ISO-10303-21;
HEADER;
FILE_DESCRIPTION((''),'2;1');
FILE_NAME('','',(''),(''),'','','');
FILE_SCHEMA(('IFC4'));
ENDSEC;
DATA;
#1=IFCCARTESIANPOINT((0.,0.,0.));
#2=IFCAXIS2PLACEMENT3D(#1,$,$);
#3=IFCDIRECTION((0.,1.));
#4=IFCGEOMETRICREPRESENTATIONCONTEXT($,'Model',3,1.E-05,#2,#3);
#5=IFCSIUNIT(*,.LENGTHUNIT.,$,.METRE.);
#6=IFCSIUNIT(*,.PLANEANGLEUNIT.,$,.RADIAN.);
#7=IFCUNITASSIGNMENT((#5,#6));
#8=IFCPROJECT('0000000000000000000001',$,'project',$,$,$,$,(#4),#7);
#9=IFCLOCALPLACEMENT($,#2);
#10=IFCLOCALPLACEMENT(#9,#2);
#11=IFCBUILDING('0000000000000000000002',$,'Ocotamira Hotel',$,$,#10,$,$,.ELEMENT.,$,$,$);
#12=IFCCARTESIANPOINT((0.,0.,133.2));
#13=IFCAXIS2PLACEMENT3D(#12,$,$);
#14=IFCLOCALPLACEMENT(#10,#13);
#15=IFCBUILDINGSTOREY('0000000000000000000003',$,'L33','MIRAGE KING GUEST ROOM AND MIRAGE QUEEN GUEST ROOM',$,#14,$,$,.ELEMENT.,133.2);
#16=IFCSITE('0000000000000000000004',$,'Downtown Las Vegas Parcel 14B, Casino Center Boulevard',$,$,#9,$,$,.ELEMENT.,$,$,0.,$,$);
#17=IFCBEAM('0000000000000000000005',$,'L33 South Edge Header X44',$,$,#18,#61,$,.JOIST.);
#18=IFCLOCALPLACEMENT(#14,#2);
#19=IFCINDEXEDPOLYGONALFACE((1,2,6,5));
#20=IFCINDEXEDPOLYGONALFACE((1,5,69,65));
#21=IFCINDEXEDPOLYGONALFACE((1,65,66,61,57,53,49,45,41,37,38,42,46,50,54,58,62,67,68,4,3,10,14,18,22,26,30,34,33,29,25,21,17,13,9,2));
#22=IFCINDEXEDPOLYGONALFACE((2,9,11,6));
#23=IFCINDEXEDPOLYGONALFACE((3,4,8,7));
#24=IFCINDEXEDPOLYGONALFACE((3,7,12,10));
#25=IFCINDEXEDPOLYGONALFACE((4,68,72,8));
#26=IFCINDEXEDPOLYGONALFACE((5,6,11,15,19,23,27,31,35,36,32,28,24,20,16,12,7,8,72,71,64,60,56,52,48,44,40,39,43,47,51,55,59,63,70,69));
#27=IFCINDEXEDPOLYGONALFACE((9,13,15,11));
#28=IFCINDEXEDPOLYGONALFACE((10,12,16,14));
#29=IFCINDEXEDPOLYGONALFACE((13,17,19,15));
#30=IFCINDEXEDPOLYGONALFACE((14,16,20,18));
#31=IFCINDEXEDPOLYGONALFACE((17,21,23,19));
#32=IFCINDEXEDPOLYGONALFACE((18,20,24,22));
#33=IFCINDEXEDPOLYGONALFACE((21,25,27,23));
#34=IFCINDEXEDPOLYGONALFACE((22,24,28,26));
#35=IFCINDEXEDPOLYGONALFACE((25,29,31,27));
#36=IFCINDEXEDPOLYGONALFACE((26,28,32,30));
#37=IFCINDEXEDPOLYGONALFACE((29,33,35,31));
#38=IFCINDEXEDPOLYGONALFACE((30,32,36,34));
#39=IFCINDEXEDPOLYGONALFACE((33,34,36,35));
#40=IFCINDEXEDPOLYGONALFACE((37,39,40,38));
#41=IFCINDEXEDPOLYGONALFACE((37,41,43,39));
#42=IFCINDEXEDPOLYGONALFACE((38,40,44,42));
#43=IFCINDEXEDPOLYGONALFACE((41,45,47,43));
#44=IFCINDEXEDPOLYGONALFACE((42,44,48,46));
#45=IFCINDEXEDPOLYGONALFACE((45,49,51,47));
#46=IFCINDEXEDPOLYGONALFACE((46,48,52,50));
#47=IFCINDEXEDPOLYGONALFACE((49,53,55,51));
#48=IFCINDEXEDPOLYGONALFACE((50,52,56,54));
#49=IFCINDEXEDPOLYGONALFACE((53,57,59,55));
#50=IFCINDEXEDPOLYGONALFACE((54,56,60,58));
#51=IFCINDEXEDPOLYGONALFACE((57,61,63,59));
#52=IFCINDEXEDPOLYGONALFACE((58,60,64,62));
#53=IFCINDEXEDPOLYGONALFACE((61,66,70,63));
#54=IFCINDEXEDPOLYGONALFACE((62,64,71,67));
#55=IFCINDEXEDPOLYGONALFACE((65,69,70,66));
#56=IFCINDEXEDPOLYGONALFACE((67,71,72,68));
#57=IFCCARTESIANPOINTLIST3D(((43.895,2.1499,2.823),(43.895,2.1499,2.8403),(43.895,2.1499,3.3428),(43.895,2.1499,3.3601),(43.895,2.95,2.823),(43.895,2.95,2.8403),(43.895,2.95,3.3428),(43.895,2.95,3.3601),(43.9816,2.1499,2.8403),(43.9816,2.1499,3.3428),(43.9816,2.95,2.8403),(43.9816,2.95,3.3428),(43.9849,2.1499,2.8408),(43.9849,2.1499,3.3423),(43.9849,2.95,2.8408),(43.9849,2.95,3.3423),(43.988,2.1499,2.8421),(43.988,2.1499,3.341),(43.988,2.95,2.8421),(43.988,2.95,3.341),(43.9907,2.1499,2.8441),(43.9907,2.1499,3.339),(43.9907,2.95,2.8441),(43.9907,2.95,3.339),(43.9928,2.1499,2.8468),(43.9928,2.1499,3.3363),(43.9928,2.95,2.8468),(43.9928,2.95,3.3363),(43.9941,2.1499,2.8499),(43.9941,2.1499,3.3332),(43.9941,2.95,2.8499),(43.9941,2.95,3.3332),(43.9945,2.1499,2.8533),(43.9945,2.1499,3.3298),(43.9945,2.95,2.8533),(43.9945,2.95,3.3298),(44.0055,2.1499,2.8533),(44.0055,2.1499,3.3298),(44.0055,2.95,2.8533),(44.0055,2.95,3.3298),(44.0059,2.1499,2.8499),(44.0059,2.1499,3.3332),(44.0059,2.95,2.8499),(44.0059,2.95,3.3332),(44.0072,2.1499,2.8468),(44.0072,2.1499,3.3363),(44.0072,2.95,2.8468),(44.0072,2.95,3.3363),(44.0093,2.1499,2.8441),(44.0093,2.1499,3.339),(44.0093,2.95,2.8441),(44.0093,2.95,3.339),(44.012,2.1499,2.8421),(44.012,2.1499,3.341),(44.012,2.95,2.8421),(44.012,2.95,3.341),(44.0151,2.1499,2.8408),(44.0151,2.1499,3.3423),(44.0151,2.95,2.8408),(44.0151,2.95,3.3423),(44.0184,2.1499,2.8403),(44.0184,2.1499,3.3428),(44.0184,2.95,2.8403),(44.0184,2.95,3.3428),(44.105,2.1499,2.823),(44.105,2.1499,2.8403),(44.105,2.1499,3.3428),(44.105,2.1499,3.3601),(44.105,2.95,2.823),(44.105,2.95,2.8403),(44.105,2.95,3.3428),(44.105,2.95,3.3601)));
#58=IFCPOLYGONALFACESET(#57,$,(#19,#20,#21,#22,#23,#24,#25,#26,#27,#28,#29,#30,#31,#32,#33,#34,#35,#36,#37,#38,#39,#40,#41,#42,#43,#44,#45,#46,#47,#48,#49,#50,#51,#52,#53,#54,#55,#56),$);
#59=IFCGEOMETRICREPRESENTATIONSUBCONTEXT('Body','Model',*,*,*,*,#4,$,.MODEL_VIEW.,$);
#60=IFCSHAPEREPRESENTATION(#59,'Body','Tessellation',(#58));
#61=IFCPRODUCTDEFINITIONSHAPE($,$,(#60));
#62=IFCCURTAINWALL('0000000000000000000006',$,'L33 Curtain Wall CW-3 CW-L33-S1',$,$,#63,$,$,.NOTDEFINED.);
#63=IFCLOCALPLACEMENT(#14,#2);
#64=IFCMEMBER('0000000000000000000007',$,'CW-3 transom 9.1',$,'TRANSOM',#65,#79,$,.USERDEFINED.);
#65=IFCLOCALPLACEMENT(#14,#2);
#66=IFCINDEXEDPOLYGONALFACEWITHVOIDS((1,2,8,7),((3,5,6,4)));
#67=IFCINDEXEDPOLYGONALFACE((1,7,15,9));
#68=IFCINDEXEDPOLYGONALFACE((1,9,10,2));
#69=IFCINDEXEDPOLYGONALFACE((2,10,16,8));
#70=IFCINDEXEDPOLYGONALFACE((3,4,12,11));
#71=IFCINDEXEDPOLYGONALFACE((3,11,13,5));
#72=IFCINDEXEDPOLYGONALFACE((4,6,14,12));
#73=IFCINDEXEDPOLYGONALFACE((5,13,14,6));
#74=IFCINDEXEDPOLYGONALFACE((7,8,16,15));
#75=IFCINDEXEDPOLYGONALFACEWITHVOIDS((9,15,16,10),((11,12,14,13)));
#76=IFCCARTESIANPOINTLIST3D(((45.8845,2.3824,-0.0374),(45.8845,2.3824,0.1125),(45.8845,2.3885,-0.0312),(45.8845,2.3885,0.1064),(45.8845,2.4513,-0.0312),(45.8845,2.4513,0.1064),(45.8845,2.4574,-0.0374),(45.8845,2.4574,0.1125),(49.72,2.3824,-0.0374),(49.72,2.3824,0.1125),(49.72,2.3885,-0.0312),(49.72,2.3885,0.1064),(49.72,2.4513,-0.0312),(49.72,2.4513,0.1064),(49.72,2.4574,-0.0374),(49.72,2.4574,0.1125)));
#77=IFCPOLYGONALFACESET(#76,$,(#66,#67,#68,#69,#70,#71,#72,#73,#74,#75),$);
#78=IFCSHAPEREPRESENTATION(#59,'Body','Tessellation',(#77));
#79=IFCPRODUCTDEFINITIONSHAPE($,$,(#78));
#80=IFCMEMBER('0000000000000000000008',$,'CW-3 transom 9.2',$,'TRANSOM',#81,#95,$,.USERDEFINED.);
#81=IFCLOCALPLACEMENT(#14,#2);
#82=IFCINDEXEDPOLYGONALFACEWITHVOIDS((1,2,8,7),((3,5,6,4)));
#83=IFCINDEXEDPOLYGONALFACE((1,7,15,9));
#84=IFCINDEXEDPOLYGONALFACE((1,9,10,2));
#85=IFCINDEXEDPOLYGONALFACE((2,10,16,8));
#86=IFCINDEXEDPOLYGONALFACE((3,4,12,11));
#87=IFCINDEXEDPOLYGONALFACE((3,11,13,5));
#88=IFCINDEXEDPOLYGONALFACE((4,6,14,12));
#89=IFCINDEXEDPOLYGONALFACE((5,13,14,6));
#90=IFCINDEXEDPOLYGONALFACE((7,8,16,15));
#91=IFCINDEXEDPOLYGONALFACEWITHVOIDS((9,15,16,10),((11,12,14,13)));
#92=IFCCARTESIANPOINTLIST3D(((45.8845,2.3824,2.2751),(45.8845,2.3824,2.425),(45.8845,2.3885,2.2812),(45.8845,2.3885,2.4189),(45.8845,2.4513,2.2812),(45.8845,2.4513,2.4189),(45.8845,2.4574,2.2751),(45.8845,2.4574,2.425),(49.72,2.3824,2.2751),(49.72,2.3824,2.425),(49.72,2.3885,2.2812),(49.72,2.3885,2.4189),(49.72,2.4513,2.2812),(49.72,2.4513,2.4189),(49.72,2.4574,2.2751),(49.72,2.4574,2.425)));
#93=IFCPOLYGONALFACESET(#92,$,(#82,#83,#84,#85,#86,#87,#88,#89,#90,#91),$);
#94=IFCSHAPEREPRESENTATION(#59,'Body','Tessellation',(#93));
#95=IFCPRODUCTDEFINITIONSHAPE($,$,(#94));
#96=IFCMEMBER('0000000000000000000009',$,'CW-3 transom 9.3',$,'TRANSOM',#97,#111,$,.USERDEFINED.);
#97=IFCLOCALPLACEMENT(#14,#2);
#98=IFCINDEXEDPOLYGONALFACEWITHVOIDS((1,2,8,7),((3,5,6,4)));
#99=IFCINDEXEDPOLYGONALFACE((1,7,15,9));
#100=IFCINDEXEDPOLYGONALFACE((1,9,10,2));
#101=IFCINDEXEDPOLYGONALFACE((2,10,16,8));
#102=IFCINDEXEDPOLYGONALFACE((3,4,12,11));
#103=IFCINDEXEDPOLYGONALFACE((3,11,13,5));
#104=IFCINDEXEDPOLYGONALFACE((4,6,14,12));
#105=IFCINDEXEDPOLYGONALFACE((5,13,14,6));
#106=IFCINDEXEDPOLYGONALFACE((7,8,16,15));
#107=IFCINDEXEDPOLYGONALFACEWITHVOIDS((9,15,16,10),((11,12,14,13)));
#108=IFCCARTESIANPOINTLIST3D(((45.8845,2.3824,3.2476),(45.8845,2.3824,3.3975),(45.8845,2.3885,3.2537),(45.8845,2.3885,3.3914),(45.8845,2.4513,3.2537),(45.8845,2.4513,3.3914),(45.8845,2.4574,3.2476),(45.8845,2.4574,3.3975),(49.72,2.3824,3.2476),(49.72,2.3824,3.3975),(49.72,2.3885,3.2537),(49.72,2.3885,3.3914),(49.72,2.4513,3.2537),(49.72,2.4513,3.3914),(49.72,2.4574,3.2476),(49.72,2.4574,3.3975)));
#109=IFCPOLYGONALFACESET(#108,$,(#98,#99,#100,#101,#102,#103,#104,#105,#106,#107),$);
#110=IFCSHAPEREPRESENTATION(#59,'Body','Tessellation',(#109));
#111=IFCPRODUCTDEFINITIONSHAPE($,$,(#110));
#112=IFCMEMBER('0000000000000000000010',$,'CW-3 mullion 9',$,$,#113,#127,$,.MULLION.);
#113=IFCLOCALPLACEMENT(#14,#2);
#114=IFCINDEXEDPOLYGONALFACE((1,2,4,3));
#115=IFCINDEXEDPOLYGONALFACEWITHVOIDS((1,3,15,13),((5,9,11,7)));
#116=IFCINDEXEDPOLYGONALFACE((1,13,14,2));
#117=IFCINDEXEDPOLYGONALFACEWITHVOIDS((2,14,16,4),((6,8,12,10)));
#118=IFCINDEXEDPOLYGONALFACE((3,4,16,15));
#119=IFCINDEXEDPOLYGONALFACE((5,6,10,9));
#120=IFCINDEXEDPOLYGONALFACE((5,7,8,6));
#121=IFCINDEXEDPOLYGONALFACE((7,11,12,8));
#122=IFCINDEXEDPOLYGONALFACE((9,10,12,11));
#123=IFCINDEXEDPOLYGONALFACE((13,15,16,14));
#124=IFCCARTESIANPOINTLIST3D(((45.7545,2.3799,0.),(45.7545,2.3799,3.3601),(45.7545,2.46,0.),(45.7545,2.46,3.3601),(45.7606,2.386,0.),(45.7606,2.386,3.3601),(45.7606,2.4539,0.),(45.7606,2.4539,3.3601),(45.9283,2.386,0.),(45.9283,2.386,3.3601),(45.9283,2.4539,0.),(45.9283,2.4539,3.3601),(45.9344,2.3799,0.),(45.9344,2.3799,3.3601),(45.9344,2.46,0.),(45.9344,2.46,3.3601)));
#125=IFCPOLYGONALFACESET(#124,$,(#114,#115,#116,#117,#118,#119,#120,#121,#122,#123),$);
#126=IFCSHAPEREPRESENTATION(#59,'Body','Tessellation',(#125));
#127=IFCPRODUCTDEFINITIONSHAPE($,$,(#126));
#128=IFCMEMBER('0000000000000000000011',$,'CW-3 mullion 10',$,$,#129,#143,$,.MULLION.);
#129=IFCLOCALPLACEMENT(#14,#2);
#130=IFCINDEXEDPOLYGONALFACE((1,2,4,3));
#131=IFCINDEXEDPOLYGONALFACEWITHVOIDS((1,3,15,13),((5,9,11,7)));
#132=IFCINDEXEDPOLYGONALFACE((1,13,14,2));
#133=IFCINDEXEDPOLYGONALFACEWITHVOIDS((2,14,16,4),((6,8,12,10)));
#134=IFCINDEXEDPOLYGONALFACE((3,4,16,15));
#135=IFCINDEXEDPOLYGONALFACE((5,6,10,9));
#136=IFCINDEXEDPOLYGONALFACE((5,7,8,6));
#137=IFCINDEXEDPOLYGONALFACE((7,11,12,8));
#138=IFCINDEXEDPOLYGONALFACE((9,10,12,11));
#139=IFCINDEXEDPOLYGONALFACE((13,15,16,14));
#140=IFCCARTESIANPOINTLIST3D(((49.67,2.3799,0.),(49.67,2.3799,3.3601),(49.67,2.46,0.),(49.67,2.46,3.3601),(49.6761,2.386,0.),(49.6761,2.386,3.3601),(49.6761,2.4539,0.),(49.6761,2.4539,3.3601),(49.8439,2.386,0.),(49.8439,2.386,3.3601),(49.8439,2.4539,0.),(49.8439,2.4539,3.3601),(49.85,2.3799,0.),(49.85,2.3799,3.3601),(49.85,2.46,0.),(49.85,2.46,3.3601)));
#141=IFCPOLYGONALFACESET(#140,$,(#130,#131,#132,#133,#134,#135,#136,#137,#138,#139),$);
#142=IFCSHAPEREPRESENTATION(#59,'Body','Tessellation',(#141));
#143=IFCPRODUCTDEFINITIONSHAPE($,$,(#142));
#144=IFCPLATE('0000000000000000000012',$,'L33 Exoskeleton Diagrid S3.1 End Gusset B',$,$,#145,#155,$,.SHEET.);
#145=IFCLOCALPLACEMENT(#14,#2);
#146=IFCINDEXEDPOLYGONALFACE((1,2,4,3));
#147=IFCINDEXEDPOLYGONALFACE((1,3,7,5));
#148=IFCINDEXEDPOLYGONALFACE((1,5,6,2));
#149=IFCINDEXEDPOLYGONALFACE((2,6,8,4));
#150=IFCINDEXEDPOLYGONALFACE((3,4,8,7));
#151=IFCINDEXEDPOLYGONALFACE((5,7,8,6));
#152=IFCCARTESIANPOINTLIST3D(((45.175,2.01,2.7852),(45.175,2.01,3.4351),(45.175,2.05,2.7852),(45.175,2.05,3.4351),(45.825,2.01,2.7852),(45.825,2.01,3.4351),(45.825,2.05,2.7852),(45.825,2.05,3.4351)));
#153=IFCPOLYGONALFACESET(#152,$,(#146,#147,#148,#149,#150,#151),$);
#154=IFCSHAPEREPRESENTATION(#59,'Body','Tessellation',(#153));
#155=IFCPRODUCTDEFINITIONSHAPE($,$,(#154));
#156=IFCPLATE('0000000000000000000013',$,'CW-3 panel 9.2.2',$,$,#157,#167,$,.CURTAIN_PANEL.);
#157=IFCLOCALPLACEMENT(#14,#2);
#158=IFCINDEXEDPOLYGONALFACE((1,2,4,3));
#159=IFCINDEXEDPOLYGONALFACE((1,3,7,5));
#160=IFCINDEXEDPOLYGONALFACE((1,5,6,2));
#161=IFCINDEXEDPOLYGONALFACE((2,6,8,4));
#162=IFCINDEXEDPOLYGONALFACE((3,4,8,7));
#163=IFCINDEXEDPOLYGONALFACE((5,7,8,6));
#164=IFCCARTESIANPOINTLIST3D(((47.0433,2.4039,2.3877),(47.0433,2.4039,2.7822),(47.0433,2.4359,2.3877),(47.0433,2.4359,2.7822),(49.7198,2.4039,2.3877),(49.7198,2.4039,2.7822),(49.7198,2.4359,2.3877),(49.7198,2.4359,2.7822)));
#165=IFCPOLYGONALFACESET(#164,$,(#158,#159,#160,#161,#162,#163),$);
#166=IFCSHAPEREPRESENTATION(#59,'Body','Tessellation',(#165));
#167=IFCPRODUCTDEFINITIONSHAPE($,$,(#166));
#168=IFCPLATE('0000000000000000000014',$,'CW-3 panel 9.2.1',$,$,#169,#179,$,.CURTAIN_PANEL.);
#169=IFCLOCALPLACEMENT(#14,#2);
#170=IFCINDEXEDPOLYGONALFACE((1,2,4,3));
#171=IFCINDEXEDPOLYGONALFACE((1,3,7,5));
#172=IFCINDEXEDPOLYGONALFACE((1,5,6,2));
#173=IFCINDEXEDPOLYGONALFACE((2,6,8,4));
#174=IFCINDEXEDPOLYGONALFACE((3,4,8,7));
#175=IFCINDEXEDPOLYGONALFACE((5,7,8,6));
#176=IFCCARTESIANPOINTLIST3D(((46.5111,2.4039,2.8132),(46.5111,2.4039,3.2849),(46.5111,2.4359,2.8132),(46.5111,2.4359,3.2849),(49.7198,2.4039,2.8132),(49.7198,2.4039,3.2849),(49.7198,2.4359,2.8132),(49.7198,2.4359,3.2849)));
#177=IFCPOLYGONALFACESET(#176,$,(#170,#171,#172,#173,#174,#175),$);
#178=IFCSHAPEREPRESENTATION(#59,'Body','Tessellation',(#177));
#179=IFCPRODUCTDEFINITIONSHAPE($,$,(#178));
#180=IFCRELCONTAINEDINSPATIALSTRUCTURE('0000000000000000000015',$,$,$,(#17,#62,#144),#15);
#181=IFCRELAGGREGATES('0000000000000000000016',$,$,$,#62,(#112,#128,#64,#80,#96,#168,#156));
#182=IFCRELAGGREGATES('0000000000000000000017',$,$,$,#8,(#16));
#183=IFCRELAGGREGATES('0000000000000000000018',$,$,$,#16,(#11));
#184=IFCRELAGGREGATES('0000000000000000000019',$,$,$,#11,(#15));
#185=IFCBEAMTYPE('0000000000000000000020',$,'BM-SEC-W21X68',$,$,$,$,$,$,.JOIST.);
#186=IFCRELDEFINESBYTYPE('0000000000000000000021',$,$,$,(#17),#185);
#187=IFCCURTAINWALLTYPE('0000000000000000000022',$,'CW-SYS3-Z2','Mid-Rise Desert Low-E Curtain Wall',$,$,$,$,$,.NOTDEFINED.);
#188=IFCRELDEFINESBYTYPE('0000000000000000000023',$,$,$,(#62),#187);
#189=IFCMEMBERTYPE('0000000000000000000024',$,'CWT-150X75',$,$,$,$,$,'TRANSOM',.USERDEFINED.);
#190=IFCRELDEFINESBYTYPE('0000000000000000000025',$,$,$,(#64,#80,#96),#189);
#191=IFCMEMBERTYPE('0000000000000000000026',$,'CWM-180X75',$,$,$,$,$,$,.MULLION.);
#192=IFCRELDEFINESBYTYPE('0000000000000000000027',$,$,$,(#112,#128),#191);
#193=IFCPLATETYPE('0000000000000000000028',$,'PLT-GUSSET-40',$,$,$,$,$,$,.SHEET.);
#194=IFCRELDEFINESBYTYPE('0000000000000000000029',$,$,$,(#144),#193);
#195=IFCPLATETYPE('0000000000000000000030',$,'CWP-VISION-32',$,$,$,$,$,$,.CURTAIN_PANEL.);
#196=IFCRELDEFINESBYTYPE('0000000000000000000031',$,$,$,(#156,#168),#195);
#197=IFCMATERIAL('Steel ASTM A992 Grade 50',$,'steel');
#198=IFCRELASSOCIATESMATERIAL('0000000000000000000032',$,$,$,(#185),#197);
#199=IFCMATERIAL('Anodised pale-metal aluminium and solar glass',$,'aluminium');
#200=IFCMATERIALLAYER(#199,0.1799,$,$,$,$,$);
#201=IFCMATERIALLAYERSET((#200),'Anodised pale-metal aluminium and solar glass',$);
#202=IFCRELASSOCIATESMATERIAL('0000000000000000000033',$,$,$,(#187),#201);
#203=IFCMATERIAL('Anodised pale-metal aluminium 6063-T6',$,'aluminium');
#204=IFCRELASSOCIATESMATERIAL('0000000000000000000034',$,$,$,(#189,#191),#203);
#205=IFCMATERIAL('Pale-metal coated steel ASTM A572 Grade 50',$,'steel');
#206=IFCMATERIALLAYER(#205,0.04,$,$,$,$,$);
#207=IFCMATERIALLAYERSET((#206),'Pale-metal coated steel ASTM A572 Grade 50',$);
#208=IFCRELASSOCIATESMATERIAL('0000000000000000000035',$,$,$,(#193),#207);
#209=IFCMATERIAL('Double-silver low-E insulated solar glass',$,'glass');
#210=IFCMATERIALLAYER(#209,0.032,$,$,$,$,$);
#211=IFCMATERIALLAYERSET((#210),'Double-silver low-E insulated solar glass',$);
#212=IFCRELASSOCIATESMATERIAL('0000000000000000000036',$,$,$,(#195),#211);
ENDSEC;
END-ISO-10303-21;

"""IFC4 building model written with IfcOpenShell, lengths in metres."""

from ifc_helpers import new_model, si_unit, direction, frame, origin, origin_2d, place, context, subcontext, project, spatial, rectangle, hollow_rectangle, i_section, extrude, source, transform, mapped, material, layer, layer_set, material_profile, profile_set, type_object, element, aggregate, save


model = new_model("IFC4")

# Units and contexts
model_context = context("Model", 3, precision=1e-05, world=origin(), true_north=direction((0.0, 1.0)))
body_context = subcontext(model_context, "Body", "Model", "MODEL_VIEW")
ifc_project = project(units=[si_unit("LENGTHUNIT", "METRE"), si_unit("PLANEANGLEUNIT", "RADIAN")], contexts=[model_context])

# Site, building, storey
site_placement = place(None, origin())
site = spatial("IfcSite", under=ifc_project, at=site_placement, Name="Downtown Las Vegas Parcel 14B, Casino Center Boulevard", CompositionType="ELEMENT", RefElevation=0.0)
building_placement = place(site_placement, origin())
building = spatial("IfcBuilding", under=site, at=building_placement, Name="Ocotamira Hotel", CompositionType="ELEMENT")
storey_placement = place(building_placement, frame((0.0, 0.0, 133.2)))
storey = spatial("IfcBuildingStorey", under=building, at=storey_placement, Name="L33", Description="MIRAGE KING GUEST ROOM AND MIRAGE QUEEN GUEST ROOM", CompositionType="ELEMENT", Elevation=133.2)

# Beam
ifc_material_1 = material(Name="Steel ASTM A992 Grade 50", Category="steel")
ifc_material_profile_1 = material_profile(ifc_material_1, i_section(OverallWidth=0.21, OverallDepth=0.5371, WebThickness=0.011, FlangeThickness=0.0173, FilletRadius=0.0129, at=origin_2d()), Name="W21X68")
ifc_profile_set_1 = profile_set([ifc_material_profile_1], Name="Steel ASTM A992 Grade 50")
beam_type = type_object("IfcBeamType", Name="BM-SEC-W21X68", PredefinedType="JOIST", material=ifc_profile_set_1)
shared_shape_1 = source(origin(), body_context, "Body", "SweptSolid", [
    extrude(i_section(OverallWidth=0.21, OverallDepth=0.5371, WebThickness=0.011, FlangeThickness=0.0173, FilletRadius=0.0129, at=origin_2d()), origin(), (0.0, 0.0, 1.0), 0.8),
])
beam_placement = place(storey_placement, frame((44.0, 2.95, 3.0916), z_axis=(0.0, -1.0, 0.0), x_axis=(1.0, 0.0, 0.0)))
element("IfcBeam", 1, at=beam_placement, inside=storey, type_object=beam_type, Name="L33 South Edge Header X44", PredefinedType="JOIST", context=body_context, shape_type="MappedRepresentation", body=[
    mapped(shared_shape_1, transform((0.0, 0.0, 0.0), scale=1.0)),
])

# Curtain wall, members
ifc_material_2 = material(Name="Anodised pale-metal aluminium and solar glass", Category="aluminium")
ifc_layer_1 = layer(ifc_material_2, 0.1799)
ifc_layer_set_1 = layer_set([ifc_layer_1], Name="Anodised pale-metal aluminium and solar glass")
curtain_wall_type = type_object("IfcCurtainWallType", Name="CW-SYS3-Z2", Description="Mid-Rise Desert Low-E Curtain Wall", PredefinedType="NOTDEFINED", material=ifc_layer_set_1)
curtain_wall_placement = place(storey_placement, origin())
curtain_wall = element("IfcCurtainWall", 2, at=curtain_wall_placement, inside=storey, type_object=curtain_wall_type, Name="L33 Curtain Wall CW-3 CW-L33-S1", PredefinedType="NOTDEFINED")
ifc_material_3 = material(Name="Anodised pale-metal aluminium 6063-T6", Category="aluminium")
ifc_material_profile_2 = material_profile(ifc_material_3, hollow_rectangle(XDim=0.075, YDim=0.1499, WallThickness=0.0061, at=origin_2d()), Name="HSS150X75X6")
ifc_profile_set_2 = profile_set([ifc_material_profile_2], Name="Anodised pale-metal aluminium 6063-T6")
member_type_1 = type_object("IfcMemberType", Name="CWT-150X75", ElementType="TRANSOM", PredefinedType="USERDEFINED", material=ifc_profile_set_2)
shared_shape_2 = source(origin(), body_context, "Body", "SweptSolid", [
    extrude(hollow_rectangle(XDim=0.075, YDim=0.1499, WallThickness=0.0061, at=origin_2d()), origin(), (0.0, 0.0, 1.0), 3.8354),
])
member_1_placement = place(storey_placement, frame((45.8845, 2.4199, 0.0376), z_axis=(1.0, 0.0, 0.0), x_axis=(0.0, 1.0, 0.0)))
member_1 = element("IfcMember", 3, at=member_1_placement, type_object=member_type_1, Name="CW-3 transom 9.1", ObjectType="TRANSOM", PredefinedType="USERDEFINED", context=body_context, shape_type="MappedRepresentation", body=[
    mapped(shared_shape_2, transform((0.0, 0.0, 0.0), scale=1.0)),
])
member_2_placement = place(storey_placement, frame((45.8845, 2.4199, 2.3501), z_axis=(1.0, 0.0, 0.0), x_axis=(0.0, 1.0, 0.0)))
member_2 = element("IfcMember", 4, at=member_2_placement, type_object=member_type_1, Name="CW-3 transom 9.2", ObjectType="TRANSOM", PredefinedType="USERDEFINED", context=body_context, shape_type="MappedRepresentation", body=[
    mapped(shared_shape_2, transform((0.0, 0.0, 0.0), scale=1.0)),
])
member_3_placement = place(storey_placement, frame((45.8845, 2.4199, 3.3225), z_axis=(1.0, 0.0, 0.0), x_axis=(0.0, 1.0, 0.0)))
member_3 = element("IfcMember", 5, at=member_3_placement, type_object=member_type_1, Name="CW-3 transom 9.3", ObjectType="TRANSOM", PredefinedType="USERDEFINED", context=body_context, shape_type="MappedRepresentation", body=[
    mapped(shared_shape_2, transform((0.0, 0.0, 0.0), scale=1.0)),
])
ifc_material_profile_3 = material_profile(ifc_material_3, hollow_rectangle(XDim=0.0801, YDim=0.1799, WallThickness=0.0061, at=origin_2d()), Name="HSS180X80X6")
ifc_profile_set_3 = profile_set([ifc_material_profile_3], Name="Anodised pale-metal aluminium 6063-T6")
member_type_2 = type_object("IfcMemberType", Name="CWM-180X75", PredefinedType="MULLION", material=ifc_profile_set_3)
shared_shape_3 = source(origin(), body_context, "Body", "SweptSolid", [
    extrude(hollow_rectangle(XDim=0.0801, YDim=0.1799, WallThickness=0.0061, at=origin_2d()), origin(), (0.0, 0.0, 1.0), 3.3601),
])
member_4_placement = place(storey_placement, frame((45.8445, 2.4199, 0.0), z_axis=(0.0, 0.0, 1.0), x_axis=(0.0, 1.0, 0.0)))
member_4 = element("IfcMember", 6, at=member_4_placement, type_object=member_type_2, Name="CW-3 mullion 9", PredefinedType="MULLION", context=body_context, shape_type="MappedRepresentation", body=[
    mapped(shared_shape_3, transform((0.0, 0.0, 0.0), scale=1.0)),
])
member_5_placement = place(storey_placement, frame((49.76, 2.4199, 0.0), z_axis=(0.0, 0.0, 1.0), x_axis=(0.0, 1.0, 0.0)))
member_5 = element("IfcMember", 7, at=member_5_placement, type_object=member_type_2, Name="CW-3 mullion 10", PredefinedType="MULLION", context=body_context, shape_type="MappedRepresentation", body=[
    mapped(shared_shape_3, transform((0.0, 0.0, 0.0), scale=1.0)),
])

# Plates
ifc_material_4 = material(Name="Pale-metal coated steel ASTM A572 Grade 50", Category="steel")
ifc_layer_2 = layer(ifc_material_4, 0.04)
ifc_layer_set_2 = layer_set([ifc_layer_2], Name="Pale-metal coated steel ASTM A572 Grade 50")
plate_type_1 = type_object("IfcPlateType", Name="PLT-GUSSET-40", PredefinedType="SHEET", material=ifc_layer_set_2)
shared_shape_4 = source(origin(), body_context, "Body", "SweptSolid", [
    extrude(rectangle(XDim=0.6499, YDim=0.04, at=origin_2d()), origin(), (0.0, 0.0, 1.0), 0.6499),
])
plate_1_placement = place(storey_placement, frame((45.5, 2.03, 2.7852), z_axis=(0.0, 0.0, 1.0), x_axis=(1.0, 0.0, 0.0)))
element("IfcPlate", 8, at=plate_1_placement, inside=storey, type_object=plate_type_1, Name="L33 Exoskeleton Diagrid S3.1 End Gusset B", PredefinedType="SHEET", context=body_context, shape_type="MappedRepresentation", body=[
    mapped(shared_shape_4, transform((0.0, 0.0, 0.0), scale=1.0)),
])
ifc_material_5 = material(Name="Double-silver low-E insulated solar glass", Category="glass")
ifc_layer_3 = layer(ifc_material_5, 0.032)
ifc_layer_set_3 = layer_set([ifc_layer_3], Name="Double-silver low-E insulated solar glass")
plate_type_2 = type_object("IfcPlateType", Name="CWP-VISION-32", PredefinedType="CURTAIN_PANEL", material=ifc_layer_set_3)
shared_shape_5 = source(origin(), body_context, "Body", "SweptSolid", [
    extrude(rectangle(XDim=2.6765, YDim=0.032, at=origin_2d()), origin(), (0.0, 0.0, 1.0), 0.3945),
])
plate_2_placement = place(storey_placement, frame((48.3816, 2.4199, 2.3877), z_axis=(0.0, 0.0, 1.0), x_axis=(1.0, 0.0, 0.0)))
plate_2 = element("IfcPlate", 9, at=plate_2_placement, type_object=plate_type_2, Name="CW-3 panel 9.2.2", PredefinedType="CURTAIN_PANEL", context=body_context, shape_type="MappedRepresentation", body=[
    mapped(shared_shape_5, transform((0.0, 0.0, 0.0), scale=1.0)),
])
shared_shape_6 = source(origin(), body_context, "Body", "SweptSolid", [
    extrude(rectangle(XDim=3.2087, YDim=0.032, at=origin_2d()), origin(), (0.0, 0.0, 1.0), 0.4717),
])
plate_3_placement = place(storey_placement, frame((48.1155, 2.4199, 2.8132), z_axis=(0.0, 0.0, 1.0), x_axis=(1.0, 0.0, 0.0)))
plate_3 = element("IfcPlate", 10, at=plate_3_placement, type_object=plate_type_2, Name="CW-3 panel 9.2.1", PredefinedType="CURTAIN_PANEL", context=body_context, shape_type="MappedRepresentation", body=[
    mapped(shared_shape_6, transform((0.0, 0.0, 0.0), scale=1.0)),
])
aggregate(curtain_wall, [member_4, member_5, member_1, member_2, member_3, plate_3, plate_2])

save(model, "model.ifc")
